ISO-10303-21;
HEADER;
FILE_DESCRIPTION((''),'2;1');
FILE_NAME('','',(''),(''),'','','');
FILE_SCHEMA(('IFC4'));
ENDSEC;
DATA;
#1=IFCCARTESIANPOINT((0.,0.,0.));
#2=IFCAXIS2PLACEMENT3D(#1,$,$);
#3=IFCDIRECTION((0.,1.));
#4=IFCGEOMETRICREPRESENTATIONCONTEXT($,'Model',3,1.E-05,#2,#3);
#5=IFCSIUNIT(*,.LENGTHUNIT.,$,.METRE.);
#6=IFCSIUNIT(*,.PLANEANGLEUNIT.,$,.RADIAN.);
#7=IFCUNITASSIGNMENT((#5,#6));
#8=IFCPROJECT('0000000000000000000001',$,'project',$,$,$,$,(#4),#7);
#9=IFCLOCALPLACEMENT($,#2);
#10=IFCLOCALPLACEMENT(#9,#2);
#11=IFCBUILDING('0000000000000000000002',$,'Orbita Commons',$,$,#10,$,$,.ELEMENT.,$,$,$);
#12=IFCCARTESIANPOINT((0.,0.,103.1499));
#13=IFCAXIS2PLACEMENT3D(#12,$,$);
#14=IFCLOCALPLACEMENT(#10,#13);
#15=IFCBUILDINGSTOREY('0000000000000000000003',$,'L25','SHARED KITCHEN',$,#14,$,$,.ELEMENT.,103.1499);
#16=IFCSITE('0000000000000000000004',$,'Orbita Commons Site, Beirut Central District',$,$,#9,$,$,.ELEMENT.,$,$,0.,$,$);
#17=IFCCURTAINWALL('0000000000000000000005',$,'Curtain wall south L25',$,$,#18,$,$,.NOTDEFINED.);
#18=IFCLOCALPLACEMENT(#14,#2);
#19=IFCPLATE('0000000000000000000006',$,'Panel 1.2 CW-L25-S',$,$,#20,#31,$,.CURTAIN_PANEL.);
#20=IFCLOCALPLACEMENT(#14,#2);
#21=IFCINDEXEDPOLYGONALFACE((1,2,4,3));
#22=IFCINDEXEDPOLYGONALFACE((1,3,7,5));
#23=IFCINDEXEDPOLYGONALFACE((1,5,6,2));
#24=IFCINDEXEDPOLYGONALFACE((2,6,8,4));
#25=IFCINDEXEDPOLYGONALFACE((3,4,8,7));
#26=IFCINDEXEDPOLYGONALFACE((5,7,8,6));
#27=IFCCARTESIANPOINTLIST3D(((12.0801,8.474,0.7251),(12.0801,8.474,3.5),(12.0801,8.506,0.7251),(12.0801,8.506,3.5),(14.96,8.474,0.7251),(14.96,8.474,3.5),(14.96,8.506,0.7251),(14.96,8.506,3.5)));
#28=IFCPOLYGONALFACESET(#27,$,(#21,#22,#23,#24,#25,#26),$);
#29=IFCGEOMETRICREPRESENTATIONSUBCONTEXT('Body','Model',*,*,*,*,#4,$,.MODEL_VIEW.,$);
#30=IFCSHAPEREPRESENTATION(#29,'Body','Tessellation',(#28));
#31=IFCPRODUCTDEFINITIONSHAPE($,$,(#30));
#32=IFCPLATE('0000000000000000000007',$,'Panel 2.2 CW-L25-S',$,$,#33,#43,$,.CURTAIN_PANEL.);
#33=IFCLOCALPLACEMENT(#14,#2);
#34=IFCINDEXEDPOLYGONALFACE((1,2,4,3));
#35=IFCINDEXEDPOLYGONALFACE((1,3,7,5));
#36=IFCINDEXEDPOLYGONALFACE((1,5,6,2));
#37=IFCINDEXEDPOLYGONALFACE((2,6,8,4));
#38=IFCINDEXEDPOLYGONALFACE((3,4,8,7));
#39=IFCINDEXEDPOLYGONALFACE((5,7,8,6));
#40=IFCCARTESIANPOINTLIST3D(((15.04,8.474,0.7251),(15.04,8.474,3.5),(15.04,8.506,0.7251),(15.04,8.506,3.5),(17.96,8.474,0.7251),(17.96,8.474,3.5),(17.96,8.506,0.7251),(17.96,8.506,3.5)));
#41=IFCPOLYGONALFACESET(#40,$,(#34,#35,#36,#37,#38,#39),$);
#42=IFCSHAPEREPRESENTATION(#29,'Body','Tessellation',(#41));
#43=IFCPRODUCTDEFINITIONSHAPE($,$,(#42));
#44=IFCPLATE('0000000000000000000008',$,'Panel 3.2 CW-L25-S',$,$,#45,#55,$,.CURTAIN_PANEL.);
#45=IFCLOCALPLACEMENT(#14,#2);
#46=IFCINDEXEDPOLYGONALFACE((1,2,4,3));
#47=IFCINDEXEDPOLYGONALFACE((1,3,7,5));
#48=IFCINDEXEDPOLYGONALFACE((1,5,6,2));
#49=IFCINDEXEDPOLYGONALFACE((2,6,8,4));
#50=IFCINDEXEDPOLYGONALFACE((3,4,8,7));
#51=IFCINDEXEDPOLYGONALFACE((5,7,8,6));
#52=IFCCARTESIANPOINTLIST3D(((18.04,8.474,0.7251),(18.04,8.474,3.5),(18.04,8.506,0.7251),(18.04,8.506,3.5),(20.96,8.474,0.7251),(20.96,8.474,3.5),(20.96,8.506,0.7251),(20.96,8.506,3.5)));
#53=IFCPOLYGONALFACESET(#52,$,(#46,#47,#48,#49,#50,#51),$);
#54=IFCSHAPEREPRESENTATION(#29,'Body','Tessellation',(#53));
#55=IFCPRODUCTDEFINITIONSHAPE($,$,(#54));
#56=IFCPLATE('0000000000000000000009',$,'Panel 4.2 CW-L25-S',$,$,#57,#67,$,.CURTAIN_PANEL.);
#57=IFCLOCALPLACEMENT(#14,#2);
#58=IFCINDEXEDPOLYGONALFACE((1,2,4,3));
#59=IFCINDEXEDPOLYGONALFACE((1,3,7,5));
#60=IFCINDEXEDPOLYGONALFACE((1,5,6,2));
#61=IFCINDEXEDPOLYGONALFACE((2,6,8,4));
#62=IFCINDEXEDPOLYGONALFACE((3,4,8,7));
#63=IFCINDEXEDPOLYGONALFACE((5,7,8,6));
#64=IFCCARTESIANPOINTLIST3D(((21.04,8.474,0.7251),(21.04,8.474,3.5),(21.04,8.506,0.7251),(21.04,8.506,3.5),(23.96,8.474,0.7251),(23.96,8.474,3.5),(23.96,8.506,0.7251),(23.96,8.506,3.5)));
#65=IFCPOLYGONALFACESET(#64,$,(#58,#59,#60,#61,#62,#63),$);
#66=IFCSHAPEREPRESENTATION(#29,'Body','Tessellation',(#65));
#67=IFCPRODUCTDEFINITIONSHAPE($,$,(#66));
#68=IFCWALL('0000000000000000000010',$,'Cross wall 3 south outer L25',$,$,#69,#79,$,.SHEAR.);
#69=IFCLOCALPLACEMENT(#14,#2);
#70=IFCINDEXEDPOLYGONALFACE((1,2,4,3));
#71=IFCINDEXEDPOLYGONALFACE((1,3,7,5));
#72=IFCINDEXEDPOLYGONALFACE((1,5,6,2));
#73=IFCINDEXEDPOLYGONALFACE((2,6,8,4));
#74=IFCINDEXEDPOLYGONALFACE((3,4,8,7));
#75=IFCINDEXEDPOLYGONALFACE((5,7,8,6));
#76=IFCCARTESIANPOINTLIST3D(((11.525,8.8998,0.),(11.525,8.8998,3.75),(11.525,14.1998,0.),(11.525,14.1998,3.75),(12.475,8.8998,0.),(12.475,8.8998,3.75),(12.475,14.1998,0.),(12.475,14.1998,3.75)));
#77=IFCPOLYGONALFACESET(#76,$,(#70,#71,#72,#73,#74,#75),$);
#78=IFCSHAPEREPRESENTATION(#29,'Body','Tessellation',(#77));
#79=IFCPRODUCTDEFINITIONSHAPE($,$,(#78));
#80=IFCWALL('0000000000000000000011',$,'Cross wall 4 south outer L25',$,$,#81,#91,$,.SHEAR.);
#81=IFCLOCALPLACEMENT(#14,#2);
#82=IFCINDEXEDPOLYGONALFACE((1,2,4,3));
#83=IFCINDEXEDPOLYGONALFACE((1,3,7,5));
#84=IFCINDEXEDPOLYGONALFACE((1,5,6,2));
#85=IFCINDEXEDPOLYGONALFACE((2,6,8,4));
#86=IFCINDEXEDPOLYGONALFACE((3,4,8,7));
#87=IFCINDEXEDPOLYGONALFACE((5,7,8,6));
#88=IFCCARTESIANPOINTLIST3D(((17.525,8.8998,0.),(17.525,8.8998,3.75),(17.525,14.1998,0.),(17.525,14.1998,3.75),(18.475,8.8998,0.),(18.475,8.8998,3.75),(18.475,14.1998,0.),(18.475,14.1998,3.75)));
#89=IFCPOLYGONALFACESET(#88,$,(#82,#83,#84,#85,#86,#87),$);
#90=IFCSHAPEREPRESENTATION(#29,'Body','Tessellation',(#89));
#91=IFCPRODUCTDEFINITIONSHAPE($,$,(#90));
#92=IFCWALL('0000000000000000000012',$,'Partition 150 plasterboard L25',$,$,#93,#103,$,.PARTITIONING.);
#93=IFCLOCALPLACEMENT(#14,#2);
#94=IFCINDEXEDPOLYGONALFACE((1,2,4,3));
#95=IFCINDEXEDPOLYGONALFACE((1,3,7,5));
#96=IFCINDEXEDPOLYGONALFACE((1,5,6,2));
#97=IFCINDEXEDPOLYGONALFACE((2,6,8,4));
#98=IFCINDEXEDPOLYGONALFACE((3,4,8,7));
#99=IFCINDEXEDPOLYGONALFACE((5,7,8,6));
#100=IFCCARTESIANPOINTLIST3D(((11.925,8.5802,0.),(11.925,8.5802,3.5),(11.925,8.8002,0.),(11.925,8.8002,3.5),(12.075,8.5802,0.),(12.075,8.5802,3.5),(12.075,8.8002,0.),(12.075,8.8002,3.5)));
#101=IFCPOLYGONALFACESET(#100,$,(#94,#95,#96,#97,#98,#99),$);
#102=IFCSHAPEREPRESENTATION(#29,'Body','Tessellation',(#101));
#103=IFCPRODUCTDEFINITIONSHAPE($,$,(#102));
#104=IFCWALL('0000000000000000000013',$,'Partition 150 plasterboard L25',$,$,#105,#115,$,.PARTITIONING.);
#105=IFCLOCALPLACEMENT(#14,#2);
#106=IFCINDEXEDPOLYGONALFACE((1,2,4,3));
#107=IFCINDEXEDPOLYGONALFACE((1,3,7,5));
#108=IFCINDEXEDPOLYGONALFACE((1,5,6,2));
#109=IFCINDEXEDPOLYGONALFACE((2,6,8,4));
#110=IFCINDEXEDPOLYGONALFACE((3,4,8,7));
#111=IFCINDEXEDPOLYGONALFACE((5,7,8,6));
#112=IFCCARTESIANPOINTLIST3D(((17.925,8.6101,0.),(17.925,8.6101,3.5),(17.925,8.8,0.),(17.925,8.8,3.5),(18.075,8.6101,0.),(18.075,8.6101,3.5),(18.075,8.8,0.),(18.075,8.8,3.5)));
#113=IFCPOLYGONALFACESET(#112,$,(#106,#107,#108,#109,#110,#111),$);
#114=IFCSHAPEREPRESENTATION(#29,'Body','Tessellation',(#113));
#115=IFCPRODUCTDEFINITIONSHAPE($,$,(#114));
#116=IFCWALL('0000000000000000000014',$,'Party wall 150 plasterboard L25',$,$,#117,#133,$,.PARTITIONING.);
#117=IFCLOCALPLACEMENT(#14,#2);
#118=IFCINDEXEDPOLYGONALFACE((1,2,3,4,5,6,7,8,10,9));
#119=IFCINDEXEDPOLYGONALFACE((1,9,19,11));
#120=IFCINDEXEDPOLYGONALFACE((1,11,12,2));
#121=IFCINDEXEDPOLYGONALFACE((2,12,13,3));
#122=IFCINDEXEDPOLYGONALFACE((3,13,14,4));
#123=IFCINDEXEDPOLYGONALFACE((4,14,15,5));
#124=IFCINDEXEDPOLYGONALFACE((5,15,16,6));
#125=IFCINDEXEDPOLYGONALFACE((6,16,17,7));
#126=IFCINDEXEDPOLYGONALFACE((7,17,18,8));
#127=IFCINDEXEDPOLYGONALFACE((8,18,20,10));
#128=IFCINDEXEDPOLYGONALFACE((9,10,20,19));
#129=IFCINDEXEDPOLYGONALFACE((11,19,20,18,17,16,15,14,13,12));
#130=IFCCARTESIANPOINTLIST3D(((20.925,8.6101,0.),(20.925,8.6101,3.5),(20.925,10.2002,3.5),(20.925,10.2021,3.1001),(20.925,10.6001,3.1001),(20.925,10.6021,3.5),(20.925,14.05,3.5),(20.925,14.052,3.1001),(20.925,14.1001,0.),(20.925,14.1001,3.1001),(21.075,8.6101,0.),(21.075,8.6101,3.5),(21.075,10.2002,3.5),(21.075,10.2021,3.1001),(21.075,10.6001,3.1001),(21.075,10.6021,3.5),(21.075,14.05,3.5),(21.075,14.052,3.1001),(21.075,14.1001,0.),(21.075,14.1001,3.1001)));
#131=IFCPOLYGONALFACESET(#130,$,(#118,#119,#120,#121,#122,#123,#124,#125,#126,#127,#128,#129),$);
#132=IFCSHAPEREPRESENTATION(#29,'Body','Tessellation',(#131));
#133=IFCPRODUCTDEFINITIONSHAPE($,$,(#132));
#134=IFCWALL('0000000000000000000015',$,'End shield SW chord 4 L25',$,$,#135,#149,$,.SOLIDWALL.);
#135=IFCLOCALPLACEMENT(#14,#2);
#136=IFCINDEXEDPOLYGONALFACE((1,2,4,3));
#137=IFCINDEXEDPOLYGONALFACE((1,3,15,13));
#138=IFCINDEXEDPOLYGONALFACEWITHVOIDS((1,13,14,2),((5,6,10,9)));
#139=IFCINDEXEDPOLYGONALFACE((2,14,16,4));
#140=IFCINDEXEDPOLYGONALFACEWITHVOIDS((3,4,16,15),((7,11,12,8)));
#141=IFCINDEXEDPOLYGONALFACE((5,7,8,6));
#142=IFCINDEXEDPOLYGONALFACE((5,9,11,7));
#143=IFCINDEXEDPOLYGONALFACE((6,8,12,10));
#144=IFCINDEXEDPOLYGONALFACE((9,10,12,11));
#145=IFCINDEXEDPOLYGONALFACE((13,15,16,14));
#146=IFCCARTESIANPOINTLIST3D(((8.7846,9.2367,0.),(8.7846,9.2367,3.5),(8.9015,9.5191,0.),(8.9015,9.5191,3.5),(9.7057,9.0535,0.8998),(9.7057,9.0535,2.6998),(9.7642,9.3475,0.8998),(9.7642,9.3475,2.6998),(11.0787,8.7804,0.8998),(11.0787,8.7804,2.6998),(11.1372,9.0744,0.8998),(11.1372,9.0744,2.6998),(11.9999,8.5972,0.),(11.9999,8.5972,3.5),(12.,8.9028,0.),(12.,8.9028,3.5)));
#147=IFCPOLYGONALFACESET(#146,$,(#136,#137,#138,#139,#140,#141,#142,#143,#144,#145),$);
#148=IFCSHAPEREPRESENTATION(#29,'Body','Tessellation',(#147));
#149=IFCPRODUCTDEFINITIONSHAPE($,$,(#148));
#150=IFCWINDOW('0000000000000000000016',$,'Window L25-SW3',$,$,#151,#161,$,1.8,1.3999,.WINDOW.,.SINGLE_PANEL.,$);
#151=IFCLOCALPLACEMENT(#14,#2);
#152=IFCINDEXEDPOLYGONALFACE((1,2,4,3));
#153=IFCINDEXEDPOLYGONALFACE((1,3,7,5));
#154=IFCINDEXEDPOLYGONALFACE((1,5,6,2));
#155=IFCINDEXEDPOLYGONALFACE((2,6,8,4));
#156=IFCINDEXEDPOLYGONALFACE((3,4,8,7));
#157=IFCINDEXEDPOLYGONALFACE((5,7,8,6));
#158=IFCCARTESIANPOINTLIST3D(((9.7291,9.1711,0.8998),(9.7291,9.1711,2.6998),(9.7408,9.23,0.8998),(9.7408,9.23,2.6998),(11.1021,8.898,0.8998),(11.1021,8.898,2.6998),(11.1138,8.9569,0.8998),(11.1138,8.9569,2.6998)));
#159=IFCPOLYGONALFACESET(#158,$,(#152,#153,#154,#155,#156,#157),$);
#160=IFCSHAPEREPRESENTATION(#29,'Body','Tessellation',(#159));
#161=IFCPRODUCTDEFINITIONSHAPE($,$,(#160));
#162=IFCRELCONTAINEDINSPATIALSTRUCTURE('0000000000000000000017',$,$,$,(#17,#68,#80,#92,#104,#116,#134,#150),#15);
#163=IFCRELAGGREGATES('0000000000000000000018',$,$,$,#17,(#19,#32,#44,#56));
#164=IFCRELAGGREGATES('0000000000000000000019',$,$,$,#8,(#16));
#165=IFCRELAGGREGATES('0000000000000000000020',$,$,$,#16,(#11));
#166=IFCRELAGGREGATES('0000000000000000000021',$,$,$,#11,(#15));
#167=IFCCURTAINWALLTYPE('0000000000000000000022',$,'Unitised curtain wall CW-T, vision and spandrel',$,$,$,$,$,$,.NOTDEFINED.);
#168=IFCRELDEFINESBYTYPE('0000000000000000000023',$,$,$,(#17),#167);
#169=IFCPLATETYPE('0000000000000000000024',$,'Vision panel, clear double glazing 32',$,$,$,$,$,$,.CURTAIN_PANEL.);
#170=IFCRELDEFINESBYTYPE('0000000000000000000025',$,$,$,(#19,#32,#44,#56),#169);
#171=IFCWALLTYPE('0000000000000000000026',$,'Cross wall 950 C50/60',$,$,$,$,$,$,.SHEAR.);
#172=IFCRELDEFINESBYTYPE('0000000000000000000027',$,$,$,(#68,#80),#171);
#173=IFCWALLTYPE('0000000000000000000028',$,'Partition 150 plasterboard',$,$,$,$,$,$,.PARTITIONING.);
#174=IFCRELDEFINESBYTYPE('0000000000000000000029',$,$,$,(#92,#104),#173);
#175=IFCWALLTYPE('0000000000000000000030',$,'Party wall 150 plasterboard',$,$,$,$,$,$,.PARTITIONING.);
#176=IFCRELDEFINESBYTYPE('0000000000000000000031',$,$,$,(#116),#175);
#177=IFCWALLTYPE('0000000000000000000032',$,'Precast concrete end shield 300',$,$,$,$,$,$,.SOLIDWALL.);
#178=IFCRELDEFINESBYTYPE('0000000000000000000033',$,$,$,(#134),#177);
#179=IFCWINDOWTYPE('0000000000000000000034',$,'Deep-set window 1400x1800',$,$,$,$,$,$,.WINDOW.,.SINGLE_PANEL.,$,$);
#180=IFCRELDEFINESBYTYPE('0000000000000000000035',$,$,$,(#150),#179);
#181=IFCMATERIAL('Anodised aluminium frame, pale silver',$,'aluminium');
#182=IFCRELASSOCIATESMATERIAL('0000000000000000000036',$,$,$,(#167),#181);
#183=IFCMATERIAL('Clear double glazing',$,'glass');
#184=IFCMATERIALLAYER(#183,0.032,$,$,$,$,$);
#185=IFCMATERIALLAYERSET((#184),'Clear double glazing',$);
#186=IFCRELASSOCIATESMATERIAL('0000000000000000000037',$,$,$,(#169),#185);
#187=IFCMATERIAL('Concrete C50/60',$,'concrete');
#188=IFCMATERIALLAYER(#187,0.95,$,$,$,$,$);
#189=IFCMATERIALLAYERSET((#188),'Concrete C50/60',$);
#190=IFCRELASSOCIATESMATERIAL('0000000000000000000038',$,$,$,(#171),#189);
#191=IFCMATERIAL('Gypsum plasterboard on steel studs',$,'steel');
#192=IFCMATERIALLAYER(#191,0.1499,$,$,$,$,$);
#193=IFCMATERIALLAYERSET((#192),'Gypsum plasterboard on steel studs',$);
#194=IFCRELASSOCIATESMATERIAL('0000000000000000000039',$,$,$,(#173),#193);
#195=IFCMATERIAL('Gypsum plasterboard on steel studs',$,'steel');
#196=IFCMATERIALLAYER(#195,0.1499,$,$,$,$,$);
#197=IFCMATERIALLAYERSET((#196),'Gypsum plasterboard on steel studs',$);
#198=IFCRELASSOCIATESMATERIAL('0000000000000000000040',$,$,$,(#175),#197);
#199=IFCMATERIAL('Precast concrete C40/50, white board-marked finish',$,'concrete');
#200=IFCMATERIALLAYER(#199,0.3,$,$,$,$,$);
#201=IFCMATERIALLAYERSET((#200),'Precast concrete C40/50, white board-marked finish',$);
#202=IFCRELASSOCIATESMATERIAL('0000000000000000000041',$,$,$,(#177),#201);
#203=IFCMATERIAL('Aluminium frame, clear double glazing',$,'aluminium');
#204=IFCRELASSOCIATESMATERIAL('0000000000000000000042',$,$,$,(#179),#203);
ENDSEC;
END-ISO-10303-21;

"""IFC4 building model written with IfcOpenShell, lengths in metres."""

from ifc_helpers import new_model, si_unit, direction, frame, frame_2d, origin, origin_2d, place, context, subcontext, project, spatial, polyline, rectangle, outline, extrude, material, layer, layer_set, type_object, element, fill, aggregate, save


model = new_model("IFC4")

# Units and contexts
model_context = context("Model", 3, precision=1e-05, world=origin(), true_north=direction((0.0, 1.0)))
body_context = subcontext(model_context, "Body", "Model", "MODEL_VIEW")
ifc_project = project(units=[si_unit("LENGTHUNIT", "METRE"), si_unit("PLANEANGLEUNIT", "RADIAN")], contexts=[model_context])

# Site, building, storey
site_placement = place(None, origin())
site = spatial("IfcSite", under=ifc_project, at=site_placement, Name="Orbita Commons Site, Beirut Central District", CompositionType="ELEMENT", RefElevation=0.0)
building_placement = place(site_placement, origin())
building = spatial("IfcBuilding", under=site, at=building_placement, Name="Orbita Commons", CompositionType="ELEMENT")
storey_placement = place(building_placement, frame((0.0, 0.0, 103.1499)))
storey = spatial("IfcBuildingStorey", under=building, at=storey_placement, Name="L25", Description="SHARED KITCHEN", CompositionType="ELEMENT", Elevation=103.1499)

# Curtain wall
ifc_material_1 = material(Name="Anodised aluminium frame, pale silver", Category="aluminium")
curtain_wall_type = type_object("IfcCurtainWallType", Name="Unitised curtain wall CW-T, vision and spandrel", PredefinedType="NOTDEFINED", material=ifc_material_1)
curtain_wall_placement = place(storey_placement, origin())
curtain_wall = element("IfcCurtainWall", 1, at=curtain_wall_placement, inside=storey, type_object=curtain_wall_type, Name="Curtain wall south L25", PredefinedType="NOTDEFINED")

# Plates
ifc_material_2 = material(Name="Clear double glazing", Category="glass")
ifc_layer_1 = layer(ifc_material_2, 0.032)
ifc_layer_set_1 = layer_set([ifc_layer_1], Name="Clear double glazing")
plate_type_1 = type_object("IfcPlateType", Name="Vision panel, clear double glazing 32", PredefinedType="CURTAIN_PANEL", material=ifc_layer_set_1)
plate_1_placement = place(storey_placement, frame((13.52, 8.49, 0.7251), z_axis=(0.0, 0.0, 1.0), x_axis=(1.0, 0.0, 0.0)))
plate_1 = element("IfcPlate", 2, at=plate_1_placement, type_object=plate_type_1, Name="Panel 1.2 CW-L25-S", PredefinedType="CURTAIN_PANEL", context=body_context, shape_type="SweptSolid", body=[
    extrude(rectangle(XDim=2.8799, YDim=0.032, at=origin_2d()), origin(), (0.0, 0.0, 1.0), 2.7749),
])
plate_2_placement = place(storey_placement, frame((16.5, 8.49, 0.7251), z_axis=(0.0, 0.0, 1.0), x_axis=(1.0, 0.0, 0.0)))
plate_2 = element("IfcPlate", 3, at=plate_2_placement, type_object=plate_type_1, Name="Panel 2.2 CW-L25-S", PredefinedType="CURTAIN_PANEL", context=body_context, shape_type="SweptSolid", body=[
    extrude(rectangle(XDim=2.9199, YDim=0.032, at=origin_2d()), origin(), (0.0, 0.0, 1.0), 2.7749),
])
plate_3_placement = place(storey_placement, frame((19.5, 8.49, 0.7251), z_axis=(0.0, 0.0, 1.0), x_axis=(1.0, 0.0, 0.0)))
plate_3 = element("IfcPlate", 4, at=plate_3_placement, type_object=plate_type_1, Name="Panel 3.2 CW-L25-S", PredefinedType="CURTAIN_PANEL", context=body_context, shape_type="SweptSolid", body=[
    extrude(rectangle(XDim=2.9199, YDim=0.032, at=origin_2d()), origin(), (0.0, 0.0, 1.0), 2.7749),
])
plate_4_placement = place(storey_placement, frame((22.5, 8.49, 0.7251), z_axis=(0.0, 0.0, 1.0), x_axis=(1.0, 0.0, 0.0)))
plate_4 = element("IfcPlate", 5, at=plate_4_placement, type_object=plate_type_1, Name="Panel 4.2 CW-L25-S", PredefinedType="CURTAIN_PANEL", context=body_context, shape_type="SweptSolid", body=[
    extrude(rectangle(XDim=2.9199, YDim=0.032, at=origin_2d()), origin(), (0.0, 0.0, 1.0), 2.7749),
])
aggregate(curtain_wall, [plate_1, plate_2, plate_3, plate_4])

# Walls
ifc_material_3 = material(Name="Concrete C50/60", Category="concrete")
ifc_layer_2 = layer(ifc_material_3, 0.95)
ifc_layer_set_2 = layer_set([ifc_layer_2], Name="Concrete C50/60")
wall_type_1 = type_object("IfcWallType", Name="Cross wall 950 C50/60", PredefinedType="SHEAR", material=ifc_layer_set_2)
for number, where, z_axis, x_axis, name in (
    (6, (12.0, 8.8999, 0.0), (0.0, 0.0, 1.0), (0.0, 1.0, 0.0), "Cross wall 3 south outer L25"),
    (7, (18.0, 8.8999, 0.0), (0.0, 0.0, 1.0), (0.0, 1.0, 0.0), "Cross wall 4 south outer L25"),
):
    element("IfcWall", number, at=place(storey_placement, frame(where, z_axis=z_axis, x_axis=x_axis)), inside=storey, type_object=wall_type_1, Name=name, PredefinedType="SHEAR", context=body_context, shape_type="SweptSolid", body=[
        extrude(rectangle(XDim=5.3, YDim=0.95, at=frame_2d((2.6499, 0.0))), origin(), (0.0, 0.0, 1.0), 3.75),
    ])
ifc_material_4 = material(Name="Gypsum plasterboard on steel studs", Category="steel")
ifc_layer_3 = layer(ifc_material_4, 0.1499)
ifc_layer_set_3 = layer_set([ifc_layer_3], Name="Gypsum plasterboard on steel studs")
wall_type_2 = type_object("IfcWallType", Name="Partition 150 plasterboard", PredefinedType="PARTITIONING", material=ifc_layer_set_3)
wall_1_placement = place(storey_placement, frame((12.0, 8.8, 0.0), z_axis=(0.0, 0.0, 1.0), x_axis=(0.0, -1.0, 0.0)))
element("IfcWall", 8, at=wall_1_placement, inside=storey, type_object=wall_type_2, Name="Partition 150 plasterboard L25", PredefinedType="PARTITIONING", context=body_context, shape_type="SweptSolid", body=[
    extrude(rectangle(XDim=0.22, YDim=0.1499, at=frame_2d((0.1099, 0.0))), origin(), (0.0, 0.0, 1.0), 3.5),
])
wall_2_placement = place(storey_placement, frame((18.0, 8.8, 0.0), z_axis=(0.0, 0.0, 1.0), x_axis=(0.0, -1.0, 0.0)))
element("IfcWall", 9, at=wall_2_placement, inside=storey, type_object=wall_type_2, Name="Partition 150 plasterboard L25", PredefinedType="PARTITIONING", context=body_context, shape_type="SweptSolid", body=[
    extrude(rectangle(XDim=0.1899, YDim=0.1499, at=frame_2d((0.095, 0.0))), origin(), (0.0, 0.0, 1.0), 3.5),
])
ifc_material_5 = material(Name="Gypsum plasterboard on steel studs", Category="steel")
ifc_layer_4 = layer(ifc_material_5, 0.1499)
ifc_layer_set_4 = layer_set([ifc_layer_4], Name="Gypsum plasterboard on steel studs")
wall_type_3 = type_object("IfcWallType", Name="Party wall 150 plasterboard", PredefinedType="PARTITIONING", material=ifc_layer_set_4)
wall_3_placement = place(storey_placement, frame((21.0, 8.6101, 0.0), z_axis=(0.0, 0.0, 1.0), x_axis=(0.0, 1.0, 0.0)))
element("IfcWall", 10, at=wall_3_placement, inside=storey, type_object=wall_type_3, Name="Party wall 150 plasterboard L25", PredefinedType="PARTITIONING", context=body_context, shape_type="SweptSolid", body=[
    extrude(outline(polyline([(0.0, 0.0), (5.49, 0.0), (5.49, 3.1001), (5.4419, 3.1001), (5.4399, 3.5), (1.9919, 3.5), (1.99, 3.1001), (1.592, 3.1001), (1.5901, 3.5), (0.0, 3.5), (0.0, 0.0)])), frame((0.0, 0.075, 0.0), z_axis=(0.0, -1.0, 0.0), x_axis=(1.0, 0.0, 0.0)), (0.0, 0.0, 1.0), 0.1499),
])

# Wall, opening, window
ifc_material_6 = material(Name="Precast concrete C40/50, white board-marked finish", Category="concrete")
ifc_layer_5 = layer(ifc_material_6, 0.3)
ifc_layer_set_5 = layer_set([ifc_layer_5], Name="Precast concrete C40/50, white board-marked finish")
wall_type_4 = type_object("IfcWallType", Name="Precast concrete end shield 300", PredefinedType="SOLIDWALL", material=ifc_layer_set_5)
wall_4_placement = place(storey_placement, frame((8.843, 9.3779, 0.0), z_axis=(0.0, 0.0, 1.0), x_axis=(0.980787, -0.19508, 0.0)))
wall_4 = element("IfcWall", 11, at=wall_4_placement, inside=storey, type_object=wall_type_4, Name="End shield SW chord 4 L25", PredefinedType="SOLIDWALL", context=body_context, shape_type="SweptSolid", body=[
    extrude(outline(polyline([(-0.0298, -0.1499), (3.2485, -0.1499), (3.189, 0.1499), (0.0298, 0.1499), (-0.0298, -0.1499)])), origin(), (0.0, 0.0, 1.0), 3.5),
])
opening_placement = place(wall_4_placement, frame((0.9094, 0.0, 0.8999)))
opening = element("IfcOpeningElement", 12, at=opening_placement, cuts=wall_4, PredefinedType="OPENING", context=body_context, shape_type="SweptSolid", body=[
    extrude(rectangle(XDim=1.3999, YDim=1.8, at=frame_2d((0.7, 0.8999))), frame((0.0, 0.1599, 0.0), z_axis=(0.0, -1.0, 0.0), x_axis=(1.0, 0.0, 0.0)), (0.0, 0.0, 1.0), 0.3201),
])
ifc_material_7 = material(Name="Aluminium frame, clear double glazing", Category="aluminium")
window_type = type_object("IfcWindowType", Name="Deep-set window 1400x1800", PartitioningType="SINGLE_PANEL", PredefinedType="WINDOW", material=ifc_material_7)
window_placement = place(opening_placement, origin())
window = element("IfcWindow", 13, at=window_placement, inside=storey, type_object=window_type, Name="Window L25-SW3", OverallHeight=1.8, OverallWidth=1.3999, PartitioningType="SINGLE_PANEL", PredefinedType="WINDOW", context=body_context, shape_type="SweptSolid", body=[
    extrude(rectangle(XDim=1.3999, YDim=1.8, at=frame_2d((0.7, 0.8999))), frame((0.0, 0.03, 0.0), z_axis=(0.0, -1.0, 0.0), x_axis=(1.0, 0.0, 0.0)), (0.0, 0.0, 1.0), 0.0601),
])
fill(opening, window)

save(model, "model.ifc")
